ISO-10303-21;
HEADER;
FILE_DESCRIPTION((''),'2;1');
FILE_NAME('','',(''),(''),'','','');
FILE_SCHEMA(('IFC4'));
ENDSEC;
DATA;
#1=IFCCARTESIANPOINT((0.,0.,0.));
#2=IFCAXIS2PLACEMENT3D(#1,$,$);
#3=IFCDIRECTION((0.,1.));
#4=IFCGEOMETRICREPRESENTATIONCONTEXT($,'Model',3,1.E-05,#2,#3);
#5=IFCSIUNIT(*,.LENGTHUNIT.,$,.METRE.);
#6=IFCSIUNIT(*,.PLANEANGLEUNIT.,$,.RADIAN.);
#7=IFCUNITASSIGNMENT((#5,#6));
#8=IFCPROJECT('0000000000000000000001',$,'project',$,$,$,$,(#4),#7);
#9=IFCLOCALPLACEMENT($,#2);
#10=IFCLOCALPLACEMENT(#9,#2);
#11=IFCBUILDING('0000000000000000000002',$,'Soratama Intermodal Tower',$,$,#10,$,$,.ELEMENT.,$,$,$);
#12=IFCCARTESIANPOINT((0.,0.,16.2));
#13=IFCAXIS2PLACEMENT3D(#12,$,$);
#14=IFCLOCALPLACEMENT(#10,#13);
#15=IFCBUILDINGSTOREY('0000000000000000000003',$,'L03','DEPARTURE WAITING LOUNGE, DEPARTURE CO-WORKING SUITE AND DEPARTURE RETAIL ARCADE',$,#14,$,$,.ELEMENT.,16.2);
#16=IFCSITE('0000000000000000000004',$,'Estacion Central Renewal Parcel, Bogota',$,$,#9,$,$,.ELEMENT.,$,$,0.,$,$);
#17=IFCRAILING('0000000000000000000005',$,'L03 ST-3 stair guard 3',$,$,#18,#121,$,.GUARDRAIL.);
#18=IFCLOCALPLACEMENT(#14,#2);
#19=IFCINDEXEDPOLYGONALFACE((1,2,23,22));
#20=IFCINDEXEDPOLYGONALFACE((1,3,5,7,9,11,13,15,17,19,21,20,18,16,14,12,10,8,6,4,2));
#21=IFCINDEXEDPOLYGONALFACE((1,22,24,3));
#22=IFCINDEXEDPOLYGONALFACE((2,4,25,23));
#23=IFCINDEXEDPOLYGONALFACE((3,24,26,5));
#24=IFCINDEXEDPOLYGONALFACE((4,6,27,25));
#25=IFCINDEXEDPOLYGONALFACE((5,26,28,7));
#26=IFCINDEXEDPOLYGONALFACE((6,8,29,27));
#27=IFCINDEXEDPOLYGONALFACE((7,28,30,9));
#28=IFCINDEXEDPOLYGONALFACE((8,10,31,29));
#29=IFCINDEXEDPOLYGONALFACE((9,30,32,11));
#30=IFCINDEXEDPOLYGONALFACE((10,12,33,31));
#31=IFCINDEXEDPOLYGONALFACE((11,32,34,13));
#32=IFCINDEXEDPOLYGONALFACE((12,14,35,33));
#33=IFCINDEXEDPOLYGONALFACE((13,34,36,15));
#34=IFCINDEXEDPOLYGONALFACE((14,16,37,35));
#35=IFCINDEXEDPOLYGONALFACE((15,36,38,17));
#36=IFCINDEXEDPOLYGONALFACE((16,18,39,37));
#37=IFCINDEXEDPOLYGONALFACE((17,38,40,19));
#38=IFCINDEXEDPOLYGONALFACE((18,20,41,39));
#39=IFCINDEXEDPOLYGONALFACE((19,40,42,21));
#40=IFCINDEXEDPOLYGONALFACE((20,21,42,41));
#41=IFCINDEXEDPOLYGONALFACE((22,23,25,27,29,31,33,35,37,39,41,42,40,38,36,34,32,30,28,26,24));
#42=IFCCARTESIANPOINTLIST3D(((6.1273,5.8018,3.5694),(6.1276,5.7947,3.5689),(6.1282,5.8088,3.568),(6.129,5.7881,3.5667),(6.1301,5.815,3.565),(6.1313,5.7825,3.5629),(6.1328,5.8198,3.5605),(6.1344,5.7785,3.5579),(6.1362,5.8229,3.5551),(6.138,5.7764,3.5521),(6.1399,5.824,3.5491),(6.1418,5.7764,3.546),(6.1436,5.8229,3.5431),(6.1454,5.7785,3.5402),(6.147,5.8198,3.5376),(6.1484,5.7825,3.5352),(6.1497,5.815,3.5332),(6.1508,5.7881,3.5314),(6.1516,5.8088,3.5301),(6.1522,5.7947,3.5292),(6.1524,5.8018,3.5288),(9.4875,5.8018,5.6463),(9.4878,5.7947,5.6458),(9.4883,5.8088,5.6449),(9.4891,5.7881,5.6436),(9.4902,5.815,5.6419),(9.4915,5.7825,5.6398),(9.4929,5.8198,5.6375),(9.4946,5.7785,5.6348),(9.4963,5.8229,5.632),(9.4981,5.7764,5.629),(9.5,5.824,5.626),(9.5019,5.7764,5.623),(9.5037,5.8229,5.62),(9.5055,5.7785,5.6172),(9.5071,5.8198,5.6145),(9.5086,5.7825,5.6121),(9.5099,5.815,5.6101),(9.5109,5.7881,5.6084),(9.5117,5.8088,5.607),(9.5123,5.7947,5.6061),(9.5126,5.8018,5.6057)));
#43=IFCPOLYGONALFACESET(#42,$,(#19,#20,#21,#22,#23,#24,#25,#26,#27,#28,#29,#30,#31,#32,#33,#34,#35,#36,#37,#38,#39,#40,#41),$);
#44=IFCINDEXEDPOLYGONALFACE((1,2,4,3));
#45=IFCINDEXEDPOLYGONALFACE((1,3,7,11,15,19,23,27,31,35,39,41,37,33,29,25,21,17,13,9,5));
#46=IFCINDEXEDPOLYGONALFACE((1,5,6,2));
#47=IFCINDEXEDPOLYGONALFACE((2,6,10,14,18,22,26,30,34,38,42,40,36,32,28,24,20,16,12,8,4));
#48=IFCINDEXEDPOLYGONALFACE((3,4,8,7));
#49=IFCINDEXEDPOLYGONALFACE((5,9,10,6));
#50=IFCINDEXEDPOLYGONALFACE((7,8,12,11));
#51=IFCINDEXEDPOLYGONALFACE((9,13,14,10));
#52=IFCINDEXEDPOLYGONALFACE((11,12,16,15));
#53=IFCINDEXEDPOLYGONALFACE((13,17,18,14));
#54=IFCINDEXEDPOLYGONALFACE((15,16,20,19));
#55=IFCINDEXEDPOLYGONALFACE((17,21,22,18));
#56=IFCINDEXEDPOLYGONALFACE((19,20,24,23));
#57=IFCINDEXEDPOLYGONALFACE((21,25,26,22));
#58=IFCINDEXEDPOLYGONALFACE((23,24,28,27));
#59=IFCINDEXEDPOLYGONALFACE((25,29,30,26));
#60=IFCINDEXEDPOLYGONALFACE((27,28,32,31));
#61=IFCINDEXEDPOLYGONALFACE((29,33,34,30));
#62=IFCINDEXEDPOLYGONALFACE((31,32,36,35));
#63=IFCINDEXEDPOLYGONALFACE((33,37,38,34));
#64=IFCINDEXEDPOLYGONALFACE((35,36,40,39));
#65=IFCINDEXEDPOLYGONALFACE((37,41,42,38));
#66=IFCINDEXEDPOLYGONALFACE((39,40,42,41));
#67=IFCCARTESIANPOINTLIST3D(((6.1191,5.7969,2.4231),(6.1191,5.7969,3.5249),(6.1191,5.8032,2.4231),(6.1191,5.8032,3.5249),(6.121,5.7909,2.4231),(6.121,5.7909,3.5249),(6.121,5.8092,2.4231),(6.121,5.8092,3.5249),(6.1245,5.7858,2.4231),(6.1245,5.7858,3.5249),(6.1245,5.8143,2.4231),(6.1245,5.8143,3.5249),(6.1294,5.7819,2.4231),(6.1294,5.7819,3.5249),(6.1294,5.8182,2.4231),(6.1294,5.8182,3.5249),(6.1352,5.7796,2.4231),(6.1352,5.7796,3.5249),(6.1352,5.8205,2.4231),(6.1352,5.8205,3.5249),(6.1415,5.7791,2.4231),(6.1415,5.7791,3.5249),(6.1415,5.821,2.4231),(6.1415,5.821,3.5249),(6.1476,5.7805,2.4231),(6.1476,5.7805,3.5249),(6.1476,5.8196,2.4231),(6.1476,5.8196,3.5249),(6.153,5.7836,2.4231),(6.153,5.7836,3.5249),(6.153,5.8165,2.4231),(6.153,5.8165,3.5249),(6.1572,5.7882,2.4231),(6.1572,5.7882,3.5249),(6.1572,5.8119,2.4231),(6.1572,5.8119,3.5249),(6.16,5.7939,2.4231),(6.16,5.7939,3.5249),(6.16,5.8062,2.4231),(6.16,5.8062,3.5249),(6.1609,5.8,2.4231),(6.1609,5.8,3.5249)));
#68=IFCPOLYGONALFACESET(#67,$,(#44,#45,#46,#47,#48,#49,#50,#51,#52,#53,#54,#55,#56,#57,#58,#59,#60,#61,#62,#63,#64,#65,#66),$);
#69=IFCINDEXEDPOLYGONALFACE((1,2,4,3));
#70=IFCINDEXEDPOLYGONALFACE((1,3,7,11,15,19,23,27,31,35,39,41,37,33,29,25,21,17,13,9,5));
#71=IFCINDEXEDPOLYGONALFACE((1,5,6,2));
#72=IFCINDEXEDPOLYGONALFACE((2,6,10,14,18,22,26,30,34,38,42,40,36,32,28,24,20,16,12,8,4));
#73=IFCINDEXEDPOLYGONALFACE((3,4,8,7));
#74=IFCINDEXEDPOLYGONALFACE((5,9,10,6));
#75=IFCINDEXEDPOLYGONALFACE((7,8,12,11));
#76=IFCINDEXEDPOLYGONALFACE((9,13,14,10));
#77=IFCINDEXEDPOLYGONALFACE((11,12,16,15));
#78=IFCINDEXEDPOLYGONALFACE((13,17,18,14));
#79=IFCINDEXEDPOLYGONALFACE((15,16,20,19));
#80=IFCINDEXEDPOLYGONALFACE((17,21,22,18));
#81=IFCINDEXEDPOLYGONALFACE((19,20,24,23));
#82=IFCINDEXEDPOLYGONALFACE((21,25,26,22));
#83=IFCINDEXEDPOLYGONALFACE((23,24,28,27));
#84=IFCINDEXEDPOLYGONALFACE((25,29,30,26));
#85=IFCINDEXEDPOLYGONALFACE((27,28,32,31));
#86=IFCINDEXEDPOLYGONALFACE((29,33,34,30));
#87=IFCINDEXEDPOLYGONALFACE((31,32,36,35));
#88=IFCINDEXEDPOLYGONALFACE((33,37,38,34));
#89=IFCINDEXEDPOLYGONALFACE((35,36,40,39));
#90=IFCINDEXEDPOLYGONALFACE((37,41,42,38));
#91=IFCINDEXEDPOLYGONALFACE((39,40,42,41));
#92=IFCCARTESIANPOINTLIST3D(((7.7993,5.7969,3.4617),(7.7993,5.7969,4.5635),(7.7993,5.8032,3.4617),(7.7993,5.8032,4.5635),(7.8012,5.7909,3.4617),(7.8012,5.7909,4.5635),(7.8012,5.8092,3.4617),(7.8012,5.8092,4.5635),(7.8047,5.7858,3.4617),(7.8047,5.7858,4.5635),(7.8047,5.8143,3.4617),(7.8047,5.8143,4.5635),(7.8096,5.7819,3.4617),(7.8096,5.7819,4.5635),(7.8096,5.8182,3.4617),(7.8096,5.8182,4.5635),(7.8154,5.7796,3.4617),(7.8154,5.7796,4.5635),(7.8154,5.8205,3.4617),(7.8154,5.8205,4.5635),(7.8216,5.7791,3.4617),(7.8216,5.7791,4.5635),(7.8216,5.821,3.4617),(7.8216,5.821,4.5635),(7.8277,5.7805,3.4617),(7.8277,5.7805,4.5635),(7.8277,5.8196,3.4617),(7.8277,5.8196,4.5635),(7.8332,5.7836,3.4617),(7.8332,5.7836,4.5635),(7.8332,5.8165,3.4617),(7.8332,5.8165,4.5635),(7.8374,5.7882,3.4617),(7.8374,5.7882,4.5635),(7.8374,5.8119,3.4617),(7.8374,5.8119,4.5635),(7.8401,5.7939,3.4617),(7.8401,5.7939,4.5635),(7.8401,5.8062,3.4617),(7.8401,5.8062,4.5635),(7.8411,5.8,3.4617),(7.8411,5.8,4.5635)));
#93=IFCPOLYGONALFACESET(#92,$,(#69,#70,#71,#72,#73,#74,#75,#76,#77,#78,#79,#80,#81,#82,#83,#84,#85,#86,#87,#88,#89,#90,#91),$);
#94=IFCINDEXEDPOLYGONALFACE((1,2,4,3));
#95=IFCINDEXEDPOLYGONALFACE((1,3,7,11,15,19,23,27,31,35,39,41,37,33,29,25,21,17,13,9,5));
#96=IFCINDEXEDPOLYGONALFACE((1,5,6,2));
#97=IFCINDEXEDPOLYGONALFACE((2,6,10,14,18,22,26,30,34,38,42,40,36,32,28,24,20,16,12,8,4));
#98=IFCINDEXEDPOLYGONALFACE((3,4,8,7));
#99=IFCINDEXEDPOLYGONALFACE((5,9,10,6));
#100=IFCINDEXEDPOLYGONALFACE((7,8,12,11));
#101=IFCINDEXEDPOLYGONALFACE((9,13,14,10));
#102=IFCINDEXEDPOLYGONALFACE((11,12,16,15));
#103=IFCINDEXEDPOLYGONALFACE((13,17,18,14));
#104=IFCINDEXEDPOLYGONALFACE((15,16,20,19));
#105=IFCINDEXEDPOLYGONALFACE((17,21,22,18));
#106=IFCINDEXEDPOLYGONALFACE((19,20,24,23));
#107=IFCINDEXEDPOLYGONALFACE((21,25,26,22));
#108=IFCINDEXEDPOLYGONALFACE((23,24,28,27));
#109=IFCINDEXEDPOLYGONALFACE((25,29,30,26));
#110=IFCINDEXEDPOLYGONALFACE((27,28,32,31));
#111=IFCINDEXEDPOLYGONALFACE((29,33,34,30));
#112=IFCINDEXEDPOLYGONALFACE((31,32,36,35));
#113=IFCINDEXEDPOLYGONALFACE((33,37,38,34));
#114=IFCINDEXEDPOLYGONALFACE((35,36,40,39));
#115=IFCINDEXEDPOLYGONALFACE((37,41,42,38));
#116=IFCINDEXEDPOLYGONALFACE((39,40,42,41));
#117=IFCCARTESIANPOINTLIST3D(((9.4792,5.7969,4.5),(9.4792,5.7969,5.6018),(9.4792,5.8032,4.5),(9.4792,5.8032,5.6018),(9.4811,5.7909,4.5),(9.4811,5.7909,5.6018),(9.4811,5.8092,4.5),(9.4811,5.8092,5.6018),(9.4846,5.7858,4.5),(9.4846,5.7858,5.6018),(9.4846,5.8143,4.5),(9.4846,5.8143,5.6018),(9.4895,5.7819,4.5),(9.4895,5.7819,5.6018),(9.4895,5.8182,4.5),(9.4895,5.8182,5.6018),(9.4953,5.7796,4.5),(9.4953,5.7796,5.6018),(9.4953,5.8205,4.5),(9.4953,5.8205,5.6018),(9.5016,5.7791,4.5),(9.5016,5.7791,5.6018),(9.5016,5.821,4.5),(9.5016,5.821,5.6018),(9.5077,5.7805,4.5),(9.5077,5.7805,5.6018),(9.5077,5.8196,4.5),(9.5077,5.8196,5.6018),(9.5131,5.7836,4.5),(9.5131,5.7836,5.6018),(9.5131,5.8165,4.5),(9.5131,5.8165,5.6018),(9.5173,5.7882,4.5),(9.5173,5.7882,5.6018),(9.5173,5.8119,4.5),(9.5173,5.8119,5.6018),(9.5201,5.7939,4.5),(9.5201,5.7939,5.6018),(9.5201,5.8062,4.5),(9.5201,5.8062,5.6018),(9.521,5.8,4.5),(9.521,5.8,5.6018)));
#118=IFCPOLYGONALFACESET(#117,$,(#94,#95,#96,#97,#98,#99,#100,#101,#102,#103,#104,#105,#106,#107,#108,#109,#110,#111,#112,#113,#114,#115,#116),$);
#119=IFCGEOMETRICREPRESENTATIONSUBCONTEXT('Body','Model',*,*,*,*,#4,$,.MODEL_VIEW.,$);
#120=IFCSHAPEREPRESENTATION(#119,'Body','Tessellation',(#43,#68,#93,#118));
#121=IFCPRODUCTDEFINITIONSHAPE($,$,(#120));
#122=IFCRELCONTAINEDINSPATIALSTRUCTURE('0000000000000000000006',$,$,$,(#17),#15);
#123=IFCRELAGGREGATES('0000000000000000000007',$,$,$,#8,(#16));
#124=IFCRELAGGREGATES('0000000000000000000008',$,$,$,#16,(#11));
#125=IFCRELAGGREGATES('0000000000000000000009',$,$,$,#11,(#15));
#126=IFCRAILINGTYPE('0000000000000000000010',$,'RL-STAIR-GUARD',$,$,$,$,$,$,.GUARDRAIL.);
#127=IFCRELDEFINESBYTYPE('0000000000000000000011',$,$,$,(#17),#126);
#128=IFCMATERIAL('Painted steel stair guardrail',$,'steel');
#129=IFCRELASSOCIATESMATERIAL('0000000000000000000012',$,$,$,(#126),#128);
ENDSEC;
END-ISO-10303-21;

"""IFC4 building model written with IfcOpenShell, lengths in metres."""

from ifc_helpers import new_model, si_unit, direction, frame, origin, origin_2d, place, context, subcontext, project, spatial, circle, extrude, material, type_object, element, save


model = new_model("IFC4")

# Units and contexts
model_context = context("Model", 3, precision=1e-05, world=origin(), true_north=direction((0.0, 1.0)))
body_context = subcontext(model_context, "Body", "Model", "MODEL_VIEW")
ifc_project = project(units=[si_unit("LENGTHUNIT", "METRE"), si_unit("PLANEANGLEUNIT", "RADIAN")], contexts=[model_context])

# Site, building, storey
site_placement = place(None, origin())
site = spatial("IfcSite", under=ifc_project, at=site_placement, Name="Estacion Central Renewal Parcel, Bogota", CompositionType="ELEMENT", RefElevation=0.0)
building_placement = place(site_placement, origin())
building = spatial("IfcBuilding", under=site, at=building_placement, Name="Soratama Intermodal Tower", CompositionType="ELEMENT")
storey_placement = place(building_placement, frame((0.0, 0.0, 16.2)))
storey = spatial("IfcBuildingStorey", under=building, at=storey_placement, Name="L03", Description="DEPARTURE WAITING LOUNGE, DEPARTURE CO-WORKING SUITE AND DEPARTURE RETAIL ARCADE", CompositionType="ELEMENT", Elevation=16.2)

# Railing
ifc_material_1 = material(Name="Painted steel stair guardrail", Category="steel")
railing_type_1 = type_object("IfcRailingType", Name="RL-STAIR-GUARD", PredefinedType="GUARDRAIL", material=ifc_material_1)
railing_1_placement = place(storey_placement, frame((6.1399, 5.8, 2.4231)))
element("IfcRailing", 1, at=railing_1_placement, inside=storey, type_object=railing_type_1, Name="L03 ST-3 stair guard 3", PredefinedType="GUARDRAIL", context=body_context, shape_type="SweptSolid", body=[
    extrude(circle(Radius=0.0239, at=origin_2d()), frame((0.0, 0.0, 1.126), z_axis=(0.850623, 0.0, 0.525776), x_axis=(0.0, 1.0, 0.0)), (0.0, 0.0, 1.0), 3.9502),
    extrude(circle(Radius=0.021, at=origin_2d()), origin(), (0.0, 0.0, 1.0), 1.1018),
    extrude(circle(Radius=0.021, at=origin_2d()), frame((1.6802, 0.0, 1.0386)), (0.0, 0.0, 1.0), 1.1018),
    extrude(circle(Radius=0.021, at=origin_2d()), frame((3.3601, 0.0, 2.0769)), (0.0, 0.0, 1.0), 1.1018),
])

save(model, "model.ifc")
